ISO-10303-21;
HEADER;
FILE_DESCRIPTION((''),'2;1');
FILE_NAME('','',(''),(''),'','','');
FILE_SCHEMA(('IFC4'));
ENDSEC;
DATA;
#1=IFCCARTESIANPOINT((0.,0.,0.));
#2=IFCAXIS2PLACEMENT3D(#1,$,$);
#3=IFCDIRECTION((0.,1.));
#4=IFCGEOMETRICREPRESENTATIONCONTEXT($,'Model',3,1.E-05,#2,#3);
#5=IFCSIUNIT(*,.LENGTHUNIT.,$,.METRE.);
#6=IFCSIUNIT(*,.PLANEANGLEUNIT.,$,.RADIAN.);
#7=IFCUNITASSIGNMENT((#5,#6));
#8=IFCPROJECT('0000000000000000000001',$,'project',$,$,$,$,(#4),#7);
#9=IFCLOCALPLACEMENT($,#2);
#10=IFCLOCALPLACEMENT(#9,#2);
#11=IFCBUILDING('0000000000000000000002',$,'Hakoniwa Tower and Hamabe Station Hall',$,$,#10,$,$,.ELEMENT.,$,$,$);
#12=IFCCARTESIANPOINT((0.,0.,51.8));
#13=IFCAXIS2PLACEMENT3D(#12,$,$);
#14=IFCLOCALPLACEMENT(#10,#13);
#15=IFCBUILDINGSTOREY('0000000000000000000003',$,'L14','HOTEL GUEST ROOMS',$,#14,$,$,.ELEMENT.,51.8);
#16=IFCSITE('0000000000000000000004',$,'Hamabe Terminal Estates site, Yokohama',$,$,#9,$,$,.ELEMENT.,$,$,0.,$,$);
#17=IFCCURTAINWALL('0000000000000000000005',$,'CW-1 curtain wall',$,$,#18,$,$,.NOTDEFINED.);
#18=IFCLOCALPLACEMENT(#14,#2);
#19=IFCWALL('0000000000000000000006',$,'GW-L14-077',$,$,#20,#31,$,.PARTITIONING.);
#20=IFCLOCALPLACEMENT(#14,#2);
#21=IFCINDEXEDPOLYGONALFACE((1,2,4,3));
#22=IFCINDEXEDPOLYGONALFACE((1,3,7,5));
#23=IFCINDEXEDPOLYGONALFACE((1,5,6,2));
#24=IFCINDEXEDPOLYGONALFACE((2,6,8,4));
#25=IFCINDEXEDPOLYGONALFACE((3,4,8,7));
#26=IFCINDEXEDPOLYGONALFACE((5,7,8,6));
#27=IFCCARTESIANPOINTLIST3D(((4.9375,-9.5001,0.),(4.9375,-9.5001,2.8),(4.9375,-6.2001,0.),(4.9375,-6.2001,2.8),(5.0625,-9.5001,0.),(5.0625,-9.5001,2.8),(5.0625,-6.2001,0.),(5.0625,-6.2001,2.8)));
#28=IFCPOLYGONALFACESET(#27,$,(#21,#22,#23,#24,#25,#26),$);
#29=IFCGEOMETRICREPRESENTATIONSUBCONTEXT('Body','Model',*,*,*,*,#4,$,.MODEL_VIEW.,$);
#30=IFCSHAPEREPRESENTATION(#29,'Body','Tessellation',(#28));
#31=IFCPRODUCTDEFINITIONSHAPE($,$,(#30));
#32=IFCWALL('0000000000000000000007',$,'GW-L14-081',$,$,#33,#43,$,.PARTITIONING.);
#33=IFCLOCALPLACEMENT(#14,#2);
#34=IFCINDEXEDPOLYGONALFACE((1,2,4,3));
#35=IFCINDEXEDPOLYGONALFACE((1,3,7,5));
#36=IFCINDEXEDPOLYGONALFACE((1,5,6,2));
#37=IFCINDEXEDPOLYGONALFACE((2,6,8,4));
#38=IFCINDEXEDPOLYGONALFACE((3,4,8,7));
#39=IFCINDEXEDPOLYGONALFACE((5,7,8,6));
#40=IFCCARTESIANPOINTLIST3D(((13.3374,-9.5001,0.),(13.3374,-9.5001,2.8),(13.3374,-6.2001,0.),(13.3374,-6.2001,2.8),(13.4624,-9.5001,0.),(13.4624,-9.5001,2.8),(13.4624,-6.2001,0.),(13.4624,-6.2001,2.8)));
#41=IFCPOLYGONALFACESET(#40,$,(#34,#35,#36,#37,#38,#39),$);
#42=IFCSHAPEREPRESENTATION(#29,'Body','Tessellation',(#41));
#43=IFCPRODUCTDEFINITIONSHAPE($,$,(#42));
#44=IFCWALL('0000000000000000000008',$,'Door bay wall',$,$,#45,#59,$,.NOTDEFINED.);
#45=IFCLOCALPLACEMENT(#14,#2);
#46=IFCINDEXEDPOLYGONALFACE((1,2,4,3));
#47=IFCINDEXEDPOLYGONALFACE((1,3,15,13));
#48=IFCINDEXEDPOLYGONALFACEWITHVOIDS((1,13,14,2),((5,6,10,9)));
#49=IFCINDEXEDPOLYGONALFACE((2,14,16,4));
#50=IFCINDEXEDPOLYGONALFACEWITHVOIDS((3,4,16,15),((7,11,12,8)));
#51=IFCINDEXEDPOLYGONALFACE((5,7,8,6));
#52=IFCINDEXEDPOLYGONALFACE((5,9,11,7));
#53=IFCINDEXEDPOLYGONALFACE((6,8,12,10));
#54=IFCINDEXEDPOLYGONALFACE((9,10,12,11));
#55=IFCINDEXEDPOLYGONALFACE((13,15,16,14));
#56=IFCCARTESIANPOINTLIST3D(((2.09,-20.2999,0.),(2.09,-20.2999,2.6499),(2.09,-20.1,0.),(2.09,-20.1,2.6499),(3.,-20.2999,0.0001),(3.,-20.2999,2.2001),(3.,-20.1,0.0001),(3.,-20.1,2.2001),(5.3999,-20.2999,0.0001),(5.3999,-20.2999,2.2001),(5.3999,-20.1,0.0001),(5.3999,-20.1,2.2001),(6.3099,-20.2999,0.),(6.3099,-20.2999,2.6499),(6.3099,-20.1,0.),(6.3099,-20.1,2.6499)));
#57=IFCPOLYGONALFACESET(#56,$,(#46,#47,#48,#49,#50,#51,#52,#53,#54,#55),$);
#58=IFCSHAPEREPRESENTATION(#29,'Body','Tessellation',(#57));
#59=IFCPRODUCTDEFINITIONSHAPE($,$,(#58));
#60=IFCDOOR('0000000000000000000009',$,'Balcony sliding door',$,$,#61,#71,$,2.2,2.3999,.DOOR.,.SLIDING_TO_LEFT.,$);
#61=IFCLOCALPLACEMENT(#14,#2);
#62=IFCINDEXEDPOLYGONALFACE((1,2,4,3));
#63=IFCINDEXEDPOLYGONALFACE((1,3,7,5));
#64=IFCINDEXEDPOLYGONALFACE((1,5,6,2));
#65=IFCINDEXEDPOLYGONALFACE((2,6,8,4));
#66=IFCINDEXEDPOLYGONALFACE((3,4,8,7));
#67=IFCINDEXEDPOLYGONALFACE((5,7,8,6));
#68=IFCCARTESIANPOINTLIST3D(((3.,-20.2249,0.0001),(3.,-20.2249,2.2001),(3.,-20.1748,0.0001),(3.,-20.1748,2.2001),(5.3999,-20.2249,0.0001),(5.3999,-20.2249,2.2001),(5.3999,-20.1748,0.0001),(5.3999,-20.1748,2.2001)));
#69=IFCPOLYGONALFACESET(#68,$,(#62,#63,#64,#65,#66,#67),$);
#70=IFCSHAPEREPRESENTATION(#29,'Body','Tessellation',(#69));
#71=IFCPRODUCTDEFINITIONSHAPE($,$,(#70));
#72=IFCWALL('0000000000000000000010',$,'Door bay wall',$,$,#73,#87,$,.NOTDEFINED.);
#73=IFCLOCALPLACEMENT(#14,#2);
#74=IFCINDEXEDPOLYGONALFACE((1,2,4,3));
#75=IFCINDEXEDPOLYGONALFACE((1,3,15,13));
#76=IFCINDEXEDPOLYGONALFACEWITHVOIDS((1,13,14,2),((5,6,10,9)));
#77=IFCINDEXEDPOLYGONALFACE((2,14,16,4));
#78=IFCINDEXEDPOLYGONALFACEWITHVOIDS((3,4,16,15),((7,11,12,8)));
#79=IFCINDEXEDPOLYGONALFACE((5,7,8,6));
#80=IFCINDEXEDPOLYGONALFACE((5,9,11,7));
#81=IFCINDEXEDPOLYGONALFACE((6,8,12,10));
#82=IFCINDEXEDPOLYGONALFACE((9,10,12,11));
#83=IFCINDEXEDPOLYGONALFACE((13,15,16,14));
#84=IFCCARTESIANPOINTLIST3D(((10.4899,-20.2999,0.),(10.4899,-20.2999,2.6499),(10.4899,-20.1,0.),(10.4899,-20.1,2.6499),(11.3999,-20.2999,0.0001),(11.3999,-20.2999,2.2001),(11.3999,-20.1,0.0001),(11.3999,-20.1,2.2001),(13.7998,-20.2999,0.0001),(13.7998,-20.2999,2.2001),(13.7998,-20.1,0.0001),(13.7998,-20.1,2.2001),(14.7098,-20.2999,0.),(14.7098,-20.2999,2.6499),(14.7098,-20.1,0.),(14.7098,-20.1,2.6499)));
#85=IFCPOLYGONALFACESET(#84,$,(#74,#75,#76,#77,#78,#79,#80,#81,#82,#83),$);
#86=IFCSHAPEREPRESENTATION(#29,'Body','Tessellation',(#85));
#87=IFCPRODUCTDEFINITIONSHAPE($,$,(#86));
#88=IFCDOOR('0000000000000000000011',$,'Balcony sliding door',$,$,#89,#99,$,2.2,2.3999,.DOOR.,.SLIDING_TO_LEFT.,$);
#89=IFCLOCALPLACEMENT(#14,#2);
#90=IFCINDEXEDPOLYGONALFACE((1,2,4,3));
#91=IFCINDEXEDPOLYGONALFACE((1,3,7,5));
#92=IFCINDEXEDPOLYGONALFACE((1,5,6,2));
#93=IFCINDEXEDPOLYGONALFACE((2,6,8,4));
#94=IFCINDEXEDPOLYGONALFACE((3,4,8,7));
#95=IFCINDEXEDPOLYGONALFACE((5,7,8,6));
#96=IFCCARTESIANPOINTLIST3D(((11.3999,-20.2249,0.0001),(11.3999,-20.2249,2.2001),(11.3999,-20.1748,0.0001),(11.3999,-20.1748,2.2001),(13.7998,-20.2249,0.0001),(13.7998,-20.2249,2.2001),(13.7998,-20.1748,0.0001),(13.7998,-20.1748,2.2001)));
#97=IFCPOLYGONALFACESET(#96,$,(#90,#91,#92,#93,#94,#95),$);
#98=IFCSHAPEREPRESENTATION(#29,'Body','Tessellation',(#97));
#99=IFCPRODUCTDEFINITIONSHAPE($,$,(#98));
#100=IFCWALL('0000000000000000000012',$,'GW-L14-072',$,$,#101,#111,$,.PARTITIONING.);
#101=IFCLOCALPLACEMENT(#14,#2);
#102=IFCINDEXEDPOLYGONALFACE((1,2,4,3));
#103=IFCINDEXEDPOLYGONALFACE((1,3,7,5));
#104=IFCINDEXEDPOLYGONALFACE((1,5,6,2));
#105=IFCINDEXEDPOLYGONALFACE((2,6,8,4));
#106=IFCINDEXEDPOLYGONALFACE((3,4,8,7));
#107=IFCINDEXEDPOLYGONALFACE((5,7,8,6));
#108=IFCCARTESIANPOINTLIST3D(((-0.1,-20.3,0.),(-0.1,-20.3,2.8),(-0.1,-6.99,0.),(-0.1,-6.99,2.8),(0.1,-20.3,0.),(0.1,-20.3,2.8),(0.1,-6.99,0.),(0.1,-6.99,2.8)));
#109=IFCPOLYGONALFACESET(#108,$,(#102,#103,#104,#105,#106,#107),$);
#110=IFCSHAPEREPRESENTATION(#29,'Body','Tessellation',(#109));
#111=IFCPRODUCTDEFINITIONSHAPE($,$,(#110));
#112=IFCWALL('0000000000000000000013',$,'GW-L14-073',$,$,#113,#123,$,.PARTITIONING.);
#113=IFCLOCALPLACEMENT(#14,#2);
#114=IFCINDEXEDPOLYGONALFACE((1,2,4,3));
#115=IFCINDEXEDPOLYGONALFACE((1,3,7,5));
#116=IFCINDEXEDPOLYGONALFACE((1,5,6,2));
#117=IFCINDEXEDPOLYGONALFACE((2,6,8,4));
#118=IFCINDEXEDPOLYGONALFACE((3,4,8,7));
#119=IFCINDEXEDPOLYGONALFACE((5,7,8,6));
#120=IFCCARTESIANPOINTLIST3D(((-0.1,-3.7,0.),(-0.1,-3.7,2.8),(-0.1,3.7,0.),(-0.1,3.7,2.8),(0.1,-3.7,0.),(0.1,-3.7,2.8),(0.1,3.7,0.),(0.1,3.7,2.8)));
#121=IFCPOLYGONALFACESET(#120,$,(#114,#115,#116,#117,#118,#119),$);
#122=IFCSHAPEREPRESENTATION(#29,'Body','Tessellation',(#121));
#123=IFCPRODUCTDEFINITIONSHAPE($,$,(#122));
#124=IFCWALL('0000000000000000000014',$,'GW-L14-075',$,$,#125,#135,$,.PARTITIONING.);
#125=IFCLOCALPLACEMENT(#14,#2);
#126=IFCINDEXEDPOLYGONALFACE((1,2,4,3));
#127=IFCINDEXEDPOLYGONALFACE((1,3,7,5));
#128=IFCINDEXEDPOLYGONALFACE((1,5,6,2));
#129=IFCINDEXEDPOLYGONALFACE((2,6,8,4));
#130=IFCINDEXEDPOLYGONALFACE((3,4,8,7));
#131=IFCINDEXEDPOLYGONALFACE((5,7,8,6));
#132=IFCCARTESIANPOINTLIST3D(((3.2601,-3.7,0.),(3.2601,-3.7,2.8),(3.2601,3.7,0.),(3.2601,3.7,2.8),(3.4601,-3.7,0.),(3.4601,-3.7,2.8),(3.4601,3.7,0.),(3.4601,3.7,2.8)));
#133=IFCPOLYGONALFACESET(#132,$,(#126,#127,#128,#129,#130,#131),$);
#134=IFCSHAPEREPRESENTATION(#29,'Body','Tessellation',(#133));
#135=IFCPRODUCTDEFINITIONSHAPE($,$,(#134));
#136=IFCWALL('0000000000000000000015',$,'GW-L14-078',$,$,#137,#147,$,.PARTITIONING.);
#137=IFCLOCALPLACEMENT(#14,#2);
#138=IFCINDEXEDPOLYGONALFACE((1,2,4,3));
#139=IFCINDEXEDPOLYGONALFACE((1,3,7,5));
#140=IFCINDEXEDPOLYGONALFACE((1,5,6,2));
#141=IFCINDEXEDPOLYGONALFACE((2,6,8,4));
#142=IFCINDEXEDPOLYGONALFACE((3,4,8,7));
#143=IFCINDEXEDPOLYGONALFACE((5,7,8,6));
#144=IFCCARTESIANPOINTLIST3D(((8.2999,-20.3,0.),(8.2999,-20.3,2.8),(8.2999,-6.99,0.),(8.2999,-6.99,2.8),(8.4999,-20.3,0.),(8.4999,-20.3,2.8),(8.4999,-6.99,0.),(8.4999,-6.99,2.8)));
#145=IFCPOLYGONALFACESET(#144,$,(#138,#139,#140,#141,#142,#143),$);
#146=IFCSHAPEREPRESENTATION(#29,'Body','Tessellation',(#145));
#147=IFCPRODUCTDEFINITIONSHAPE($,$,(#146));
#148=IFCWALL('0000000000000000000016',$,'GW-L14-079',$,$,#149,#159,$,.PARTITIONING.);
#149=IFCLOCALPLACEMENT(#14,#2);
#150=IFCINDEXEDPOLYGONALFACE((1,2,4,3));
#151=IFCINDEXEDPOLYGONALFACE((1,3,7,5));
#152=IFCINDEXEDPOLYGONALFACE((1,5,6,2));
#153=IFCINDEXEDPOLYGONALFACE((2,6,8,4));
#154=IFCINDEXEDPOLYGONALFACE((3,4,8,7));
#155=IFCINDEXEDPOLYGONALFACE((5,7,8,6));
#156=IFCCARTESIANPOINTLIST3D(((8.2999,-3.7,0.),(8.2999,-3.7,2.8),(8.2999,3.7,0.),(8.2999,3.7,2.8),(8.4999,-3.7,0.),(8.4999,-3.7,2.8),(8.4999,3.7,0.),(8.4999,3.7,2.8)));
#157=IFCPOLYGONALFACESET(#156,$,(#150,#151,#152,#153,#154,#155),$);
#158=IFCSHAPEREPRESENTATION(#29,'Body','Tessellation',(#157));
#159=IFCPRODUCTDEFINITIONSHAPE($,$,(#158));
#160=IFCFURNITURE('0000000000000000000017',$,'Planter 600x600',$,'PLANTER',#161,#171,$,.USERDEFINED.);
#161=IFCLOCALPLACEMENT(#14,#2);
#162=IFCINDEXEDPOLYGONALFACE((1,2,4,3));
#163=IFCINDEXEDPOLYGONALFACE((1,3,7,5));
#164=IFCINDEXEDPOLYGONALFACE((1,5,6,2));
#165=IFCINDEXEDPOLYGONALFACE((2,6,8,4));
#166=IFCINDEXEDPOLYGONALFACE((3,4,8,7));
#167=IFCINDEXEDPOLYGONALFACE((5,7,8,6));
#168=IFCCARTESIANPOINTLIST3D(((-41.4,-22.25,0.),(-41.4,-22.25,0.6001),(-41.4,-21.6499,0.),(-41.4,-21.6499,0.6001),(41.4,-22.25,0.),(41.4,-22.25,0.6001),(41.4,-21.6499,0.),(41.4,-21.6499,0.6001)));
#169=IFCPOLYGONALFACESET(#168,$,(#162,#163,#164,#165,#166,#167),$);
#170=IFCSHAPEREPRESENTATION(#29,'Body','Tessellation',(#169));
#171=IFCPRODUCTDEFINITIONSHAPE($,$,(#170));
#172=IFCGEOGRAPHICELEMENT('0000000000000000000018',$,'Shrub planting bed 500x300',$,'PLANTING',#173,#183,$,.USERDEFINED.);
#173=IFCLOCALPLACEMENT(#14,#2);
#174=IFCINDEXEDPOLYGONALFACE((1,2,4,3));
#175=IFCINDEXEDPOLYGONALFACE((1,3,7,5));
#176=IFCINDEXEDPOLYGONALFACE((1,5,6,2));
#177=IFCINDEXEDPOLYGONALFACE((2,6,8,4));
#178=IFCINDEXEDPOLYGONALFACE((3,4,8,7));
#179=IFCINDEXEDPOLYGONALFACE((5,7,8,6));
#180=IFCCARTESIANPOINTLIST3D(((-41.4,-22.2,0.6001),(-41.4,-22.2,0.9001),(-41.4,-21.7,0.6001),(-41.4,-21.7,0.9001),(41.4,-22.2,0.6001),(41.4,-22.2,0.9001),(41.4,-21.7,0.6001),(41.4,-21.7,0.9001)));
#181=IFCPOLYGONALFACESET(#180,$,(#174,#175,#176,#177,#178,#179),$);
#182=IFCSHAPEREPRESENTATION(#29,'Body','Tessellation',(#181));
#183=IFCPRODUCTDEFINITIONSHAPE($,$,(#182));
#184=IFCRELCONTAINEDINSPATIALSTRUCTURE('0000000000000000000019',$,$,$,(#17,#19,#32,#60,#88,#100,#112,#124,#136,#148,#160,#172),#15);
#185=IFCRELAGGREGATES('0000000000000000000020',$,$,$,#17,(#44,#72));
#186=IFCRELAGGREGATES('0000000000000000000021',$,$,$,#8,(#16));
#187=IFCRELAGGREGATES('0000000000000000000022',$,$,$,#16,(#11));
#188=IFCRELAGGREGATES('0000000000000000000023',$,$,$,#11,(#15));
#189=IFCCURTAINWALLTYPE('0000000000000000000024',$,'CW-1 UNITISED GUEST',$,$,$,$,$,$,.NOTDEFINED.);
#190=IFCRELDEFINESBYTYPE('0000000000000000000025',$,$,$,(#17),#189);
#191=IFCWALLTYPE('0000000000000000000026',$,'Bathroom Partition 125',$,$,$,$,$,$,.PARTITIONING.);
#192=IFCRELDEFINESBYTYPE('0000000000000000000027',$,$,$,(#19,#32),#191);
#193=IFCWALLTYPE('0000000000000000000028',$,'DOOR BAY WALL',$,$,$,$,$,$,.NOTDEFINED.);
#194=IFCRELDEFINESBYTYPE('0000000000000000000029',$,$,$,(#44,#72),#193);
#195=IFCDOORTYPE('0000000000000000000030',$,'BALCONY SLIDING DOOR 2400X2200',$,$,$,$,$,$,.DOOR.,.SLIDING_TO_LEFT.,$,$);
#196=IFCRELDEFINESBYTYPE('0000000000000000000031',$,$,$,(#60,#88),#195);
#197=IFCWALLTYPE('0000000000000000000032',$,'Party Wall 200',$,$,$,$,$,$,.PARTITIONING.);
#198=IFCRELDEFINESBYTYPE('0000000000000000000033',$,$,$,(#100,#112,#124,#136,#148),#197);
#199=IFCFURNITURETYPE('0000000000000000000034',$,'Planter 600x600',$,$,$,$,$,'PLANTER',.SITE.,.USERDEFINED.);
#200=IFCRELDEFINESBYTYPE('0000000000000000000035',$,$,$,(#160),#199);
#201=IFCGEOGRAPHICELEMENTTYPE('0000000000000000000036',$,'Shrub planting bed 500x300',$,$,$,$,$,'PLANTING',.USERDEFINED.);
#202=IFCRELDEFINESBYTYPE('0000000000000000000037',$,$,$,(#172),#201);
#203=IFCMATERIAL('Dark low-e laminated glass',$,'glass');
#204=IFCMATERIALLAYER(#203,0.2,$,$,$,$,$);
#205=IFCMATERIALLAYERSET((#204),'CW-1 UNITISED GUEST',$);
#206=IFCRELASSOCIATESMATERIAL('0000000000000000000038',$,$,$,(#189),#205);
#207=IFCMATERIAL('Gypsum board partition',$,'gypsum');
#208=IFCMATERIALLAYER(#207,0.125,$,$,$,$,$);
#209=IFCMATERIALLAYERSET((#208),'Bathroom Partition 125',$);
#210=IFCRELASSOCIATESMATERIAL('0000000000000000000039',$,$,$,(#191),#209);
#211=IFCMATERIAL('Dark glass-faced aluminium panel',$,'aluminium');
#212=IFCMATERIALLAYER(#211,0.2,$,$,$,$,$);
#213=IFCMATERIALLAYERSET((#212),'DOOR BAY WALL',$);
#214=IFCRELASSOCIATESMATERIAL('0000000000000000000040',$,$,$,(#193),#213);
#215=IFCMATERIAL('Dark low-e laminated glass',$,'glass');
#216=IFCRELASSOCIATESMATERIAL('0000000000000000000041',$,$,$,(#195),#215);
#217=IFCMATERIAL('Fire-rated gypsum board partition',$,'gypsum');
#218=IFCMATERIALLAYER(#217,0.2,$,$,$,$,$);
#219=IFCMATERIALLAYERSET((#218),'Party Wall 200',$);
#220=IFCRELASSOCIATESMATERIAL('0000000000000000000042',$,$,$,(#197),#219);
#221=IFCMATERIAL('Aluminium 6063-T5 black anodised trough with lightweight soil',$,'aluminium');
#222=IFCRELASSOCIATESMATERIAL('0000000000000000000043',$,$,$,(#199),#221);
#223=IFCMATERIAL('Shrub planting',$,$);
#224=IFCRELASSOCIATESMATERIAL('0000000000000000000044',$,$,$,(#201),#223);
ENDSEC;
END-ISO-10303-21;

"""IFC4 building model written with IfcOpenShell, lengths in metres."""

from ifc_helpers import new_model, si_unit, direction, frame, frame_2d, origin, origin_2d, place, context, subcontext, project, spatial, rectangle, extrude, material, layer, layer_set, type_object, element, fill, aggregate, save


model = new_model("IFC4")

# Units and contexts
model_context = context("Model", 3, precision=1e-05, world=origin(), true_north=direction((0.0, 1.0)))
body_context = subcontext(model_context, "Body", "Model", "MODEL_VIEW")
ifc_project = project(units=[si_unit("LENGTHUNIT", "METRE"), si_unit("PLANEANGLEUNIT", "RADIAN")], contexts=[model_context])

# Site, building, storey
site_placement = place(None, origin())
site = spatial("IfcSite", under=ifc_project, at=site_placement, Name="Hamabe Terminal Estates site, Yokohama", CompositionType="ELEMENT", RefElevation=0.0)
building_placement = place(site_placement, origin())
building = spatial("IfcBuilding", under=site, at=building_placement, Name="Hakoniwa Tower and Hamabe Station Hall", CompositionType="ELEMENT")
storey_placement = place(building_placement, frame((0.0, 0.0, 51.8)))
storey = spatial("IfcBuildingStorey", under=building, at=storey_placement, Name="L14", Description="HOTEL GUEST ROOMS", CompositionType="ELEMENT", Elevation=51.8)

# Curtain wall
ifc_material_1 = material(Name="Dark low-e laminated glass", Category="glass")
ifc_layer_1 = layer(ifc_material_1, 0.2)
ifc_layer_set_1 = layer_set([ifc_layer_1], Name="CW-1 UNITISED GUEST")
curtain_wall_type = type_object("IfcCurtainWallType", Name="CW-1 UNITISED GUEST", PredefinedType="NOTDEFINED", material=ifc_layer_set_1)
curtain_wall_placement = place(storey_placement, origin())
curtain_wall = element("IfcCurtainWall", 1, at=curtain_wall_placement, inside=storey, type_object=curtain_wall_type, Name="CW-1 curtain wall", PredefinedType="NOTDEFINED")

# Shared definitions
ifc_material_2 = material(Name="Gypsum board partition", Category="gypsum")
ifc_layer_2 = layer(ifc_material_2, 0.125)
ifc_layer_set_2 = layer_set([ifc_layer_2], Name="Bathroom Partition 125")
wall_type_1 = type_object("IfcWallType", Name="Bathroom Partition 125", PredefinedType="PARTITIONING", material=ifc_layer_set_2)

# Walls
for number, where, z_axis, x_axis, name in (
    (2, (5.0, -9.5, 0.0), (0.0, 0.0, 1.0), (0.0, 1.0, 0.0), "GW-L14-077"),
    (3, (13.3999, -9.5, 0.0), (0.0, 0.0, 1.0), (0.0, 1.0, 0.0), "GW-L14-081"),
):
    element("IfcWall", number, at=place(storey_placement, frame(where, z_axis=z_axis, x_axis=x_axis)), inside=storey, type_object=wall_type_1, Name=name, PredefinedType="PARTITIONING", context=body_context, shape_type="SweptSolid", body=[
        extrude(rectangle(XDim=3.3, YDim=0.125, at=frame_2d((1.6499, 0.0))), origin(), (0.0, 0.0, 1.0), 2.8),
    ])

# Walls, openings, doors
ifc_material_3 = material(Name="Dark glass-faced aluminium panel", Category="aluminium")
ifc_layer_3 = layer(ifc_material_3, 0.2)
ifc_layer_set_3 = layer_set([ifc_layer_3], Name="DOOR BAY WALL")
wall_type_2 = type_object("IfcWallType", Name="DOOR BAY WALL", PredefinedType="NOTDEFINED", material=ifc_layer_set_3)
wall_1_placement = place(storey_placement, frame((2.0901, -20.2, 0.0), z_axis=(0.0, 0.0, 1.0), x_axis=(1.0, 0.0, 0.0)))
wall_1 = element("IfcWall", 4, at=wall_1_placement, type_object=wall_type_2, Name="Door bay wall", PredefinedType="NOTDEFINED", context=body_context, shape_type="SweptSolid", body=[
    extrude(rectangle(XDim=4.22, YDim=0.2, at=frame_2d((2.1099, 0.0))), origin(), (0.0, 0.0, 1.0), 2.6499),
])
opening_1_placement = place(wall_1_placement, frame((0.9099, 0.0, 0.0)))
opening_1 = element("IfcOpeningElement", 5, at=opening_1_placement, cuts=wall_1, PredefinedType="OPENING", context=body_context, shape_type="SweptSolid", body=[
    extrude(rectangle(XDim=2.3999, YDim=2.2, at=frame_2d((1.2, 1.1001))), frame((0.0, 0.1099, 0.0), z_axis=(0.0, -1.0, 0.0), x_axis=(1.0, 0.0, 0.0)), (0.0, 0.0, 1.0), 0.22),
])
ifc_material_4 = material(Name="Dark low-e laminated glass", Category="glass")
door_type_1 = type_object("IfcDoorType", Name="BALCONY SLIDING DOOR 2400X2200", OperationType="SLIDING_TO_LEFT", PredefinedType="DOOR", material=ifc_material_4)
door_1_placement = place(opening_1_placement, frame((2.3999, 0.0, 0.0), z_axis=(0.0, 0.0, 1.0), x_axis=(-1.0, 0.0, 0.0)))
door_1 = element("IfcDoor", 6, at=door_1_placement, inside=storey, type_object=door_type_1, Name="Balcony sliding door", OperationType="SLIDING_TO_LEFT", OverallHeight=2.2, OverallWidth=2.3999, PredefinedType="DOOR", context=body_context, shape_type="SweptSolid", body=[
    extrude(rectangle(XDim=2.3999, YDim=2.2, at=frame_2d((1.2, 1.1001))), frame((0.0, 0.0249, 0.0), z_axis=(0.0, -1.0, 0.0), x_axis=(1.0, 0.0, 0.0)), (0.0, 0.0, 1.0), 0.05),
])
fill(opening_1, door_1)
wall_2_placement = place(storey_placement, frame((10.49, -20.2, 0.0), z_axis=(0.0, 0.0, 1.0), x_axis=(1.0, 0.0, 0.0)))
wall_2 = element("IfcWall", 7, at=wall_2_placement, type_object=wall_type_2, Name="Door bay wall", PredefinedType="NOTDEFINED", context=body_context, shape_type="SweptSolid", body=[
    extrude(rectangle(XDim=4.22, YDim=0.2, at=frame_2d((2.1099, 0.0))), origin(), (0.0, 0.0, 1.0), 2.6499),
])
opening_2_placement = place(wall_2_placement, frame((0.9099, 0.0, 0.0)))
opening_2 = element("IfcOpeningElement", 8, at=opening_2_placement, cuts=wall_2, PredefinedType="OPENING", context=body_context, shape_type="SweptSolid", body=[
    extrude(rectangle(XDim=2.3999, YDim=2.2, at=frame_2d((1.2, 1.1001))), frame((0.0, 0.1099, 0.0), z_axis=(0.0, -1.0, 0.0), x_axis=(1.0, 0.0, 0.0)), (0.0, 0.0, 1.0), 0.22),
])
door_2_placement = place(opening_2_placement, frame((2.3999, 0.0, 0.0), z_axis=(0.0, 0.0, 1.0), x_axis=(-1.0, 0.0, 0.0)))
door_2 = element("IfcDoor", 9, at=door_2_placement, inside=storey, type_object=door_type_1, Name="Balcony sliding door", OperationType="SLIDING_TO_LEFT", OverallHeight=2.2, OverallWidth=2.3999, PredefinedType="DOOR", context=body_context, shape_type="SweptSolid", body=[
    extrude(rectangle(XDim=2.3999, YDim=2.2, at=frame_2d((1.2, 1.1001))), frame((0.0, 0.0249, 0.0), z_axis=(0.0, -1.0, 0.0), x_axis=(1.0, 0.0, 0.0)), (0.0, 0.0, 1.0), 0.05),
])
fill(opening_2, door_2)
aggregate(curtain_wall, [wall_1, wall_2])

# Walls
ifc_material_5 = material(Name="Fire-rated gypsum board partition", Category="gypsum")
ifc_layer_4 = layer(ifc_material_5, 0.2)
ifc_layer_set_4 = layer_set([ifc_layer_4], Name="Party Wall 200")
wall_type_3 = type_object("IfcWallType", Name="Party Wall 200", PredefinedType="PARTITIONING", material=ifc_layer_set_4)
wall_3_placement = place(storey_placement, frame((0.0, -20.3, 0.0), z_axis=(0.0, 0.0, 1.0), x_axis=(0.0, 1.0, 0.0)))
element("IfcWall", 10, at=wall_3_placement, inside=storey, type_object=wall_type_3, Name="GW-L14-072", PredefinedType="PARTITIONING", context=body_context, shape_type="SweptSolid", body=[
    extrude(rectangle(XDim=13.3101, YDim=0.2, at=frame_2d((6.655, 0.0))), origin(), (0.0, 0.0, 1.0), 2.8),
])
for number, where, z_axis, x_axis, name in (
    (11, (0.0, -3.7, 0.0), (0.0, 0.0, 1.0), (0.0, 1.0, 0.0), "GW-L14-073"),
    (12, (3.3601, -3.7, 0.0), (0.0, 0.0, 1.0), (0.0, 1.0, 0.0), "GW-L14-075"),
):
    element("IfcWall", number, at=place(storey_placement, frame(where, z_axis=z_axis, x_axis=x_axis)), inside=storey, type_object=wall_type_3, Name=name, PredefinedType="PARTITIONING", context=body_context, shape_type="SweptSolid", body=[
        extrude(rectangle(XDim=7.3999, YDim=0.2, at=frame_2d((3.7, 0.0))), origin(), (0.0, 0.0, 1.0), 2.8),
    ])
wall_4_placement = place(storey_placement, frame((8.3999, -20.3, 0.0), z_axis=(0.0, 0.0, 1.0), x_axis=(0.0, 1.0, 0.0)))
element("IfcWall", 13, at=wall_4_placement, inside=storey, type_object=wall_type_3, Name="GW-L14-078", PredefinedType="PARTITIONING", context=body_context, shape_type="SweptSolid", body=[
    extrude(rectangle(XDim=13.3101, YDim=0.2, at=frame_2d((6.655, 0.0))), origin(), (0.0, 0.0, 1.0), 2.8),
])
wall_5_placement = place(storey_placement, frame((8.3999, -3.7, 0.0), z_axis=(0.0, 0.0, 1.0), x_axis=(0.0, 1.0, 0.0)))
element("IfcWall", 14, at=wall_5_placement, inside=storey, type_object=wall_type_3, Name="GW-L14-079", PredefinedType="PARTITIONING", context=body_context, shape_type="SweptSolid", body=[
    extrude(rectangle(XDim=7.3999, YDim=0.2, at=frame_2d((3.7, 0.0))), origin(), (0.0, 0.0, 1.0), 2.8),
])

# Furniture
ifc_material_6 = material(Name="Aluminium 6063-T5 black anodised trough with lightweight soil", Category="aluminium")
furniture_type = type_object("IfcFurnitureType", Name="Planter 600x600", ElementType="PLANTER", AssemblyPlace="SITE", PredefinedType="USERDEFINED", material=ifc_material_6)
furniture_placement = place(storey_placement, frame((0.0, -21.95, 0.0), z_axis=(0.0, 0.0, 1.0), x_axis=(1.0, 0.0, 0.0)))
element("IfcFurniture", 15, at=furniture_placement, inside=storey, type_object=furniture_type, Name="Planter 600x600", ObjectType="PLANTER", PredefinedType="USERDEFINED", context=body_context, shape_type="SweptSolid", body=[
    extrude(rectangle(XDim=82.8, YDim=0.6001, at=origin_2d()), origin(), (0.0, 0.0, 1.0), 0.6001),
])

# Geographic element
ifc_material_7 = material(Name="Shrub planting")
geographic_element_type = type_object("IfcGeographicElementType", Name="Shrub planting bed 500x300", ElementType="PLANTING", PredefinedType="USERDEFINED", material=ifc_material_7)
geographic_element_placement = place(storey_placement, frame((0.0, -21.95, 0.6001), z_axis=(0.0, 0.0, 1.0), x_axis=(1.0, 0.0, 0.0)))
element("IfcGeographicElement", 16, at=geographic_element_placement, inside=storey, type_object=geographic_element_type, Name="Shrub planting bed 500x300", ObjectType="PLANTING", PredefinedType="USERDEFINED", context=body_context, shape_type="SweptSolid", body=[
    extrude(rectangle(XDim=82.8, YDim=0.5, at=origin_2d()), origin(), (0.0, 0.0, 1.0), 0.3),
])

save(model, "model.ifc")
